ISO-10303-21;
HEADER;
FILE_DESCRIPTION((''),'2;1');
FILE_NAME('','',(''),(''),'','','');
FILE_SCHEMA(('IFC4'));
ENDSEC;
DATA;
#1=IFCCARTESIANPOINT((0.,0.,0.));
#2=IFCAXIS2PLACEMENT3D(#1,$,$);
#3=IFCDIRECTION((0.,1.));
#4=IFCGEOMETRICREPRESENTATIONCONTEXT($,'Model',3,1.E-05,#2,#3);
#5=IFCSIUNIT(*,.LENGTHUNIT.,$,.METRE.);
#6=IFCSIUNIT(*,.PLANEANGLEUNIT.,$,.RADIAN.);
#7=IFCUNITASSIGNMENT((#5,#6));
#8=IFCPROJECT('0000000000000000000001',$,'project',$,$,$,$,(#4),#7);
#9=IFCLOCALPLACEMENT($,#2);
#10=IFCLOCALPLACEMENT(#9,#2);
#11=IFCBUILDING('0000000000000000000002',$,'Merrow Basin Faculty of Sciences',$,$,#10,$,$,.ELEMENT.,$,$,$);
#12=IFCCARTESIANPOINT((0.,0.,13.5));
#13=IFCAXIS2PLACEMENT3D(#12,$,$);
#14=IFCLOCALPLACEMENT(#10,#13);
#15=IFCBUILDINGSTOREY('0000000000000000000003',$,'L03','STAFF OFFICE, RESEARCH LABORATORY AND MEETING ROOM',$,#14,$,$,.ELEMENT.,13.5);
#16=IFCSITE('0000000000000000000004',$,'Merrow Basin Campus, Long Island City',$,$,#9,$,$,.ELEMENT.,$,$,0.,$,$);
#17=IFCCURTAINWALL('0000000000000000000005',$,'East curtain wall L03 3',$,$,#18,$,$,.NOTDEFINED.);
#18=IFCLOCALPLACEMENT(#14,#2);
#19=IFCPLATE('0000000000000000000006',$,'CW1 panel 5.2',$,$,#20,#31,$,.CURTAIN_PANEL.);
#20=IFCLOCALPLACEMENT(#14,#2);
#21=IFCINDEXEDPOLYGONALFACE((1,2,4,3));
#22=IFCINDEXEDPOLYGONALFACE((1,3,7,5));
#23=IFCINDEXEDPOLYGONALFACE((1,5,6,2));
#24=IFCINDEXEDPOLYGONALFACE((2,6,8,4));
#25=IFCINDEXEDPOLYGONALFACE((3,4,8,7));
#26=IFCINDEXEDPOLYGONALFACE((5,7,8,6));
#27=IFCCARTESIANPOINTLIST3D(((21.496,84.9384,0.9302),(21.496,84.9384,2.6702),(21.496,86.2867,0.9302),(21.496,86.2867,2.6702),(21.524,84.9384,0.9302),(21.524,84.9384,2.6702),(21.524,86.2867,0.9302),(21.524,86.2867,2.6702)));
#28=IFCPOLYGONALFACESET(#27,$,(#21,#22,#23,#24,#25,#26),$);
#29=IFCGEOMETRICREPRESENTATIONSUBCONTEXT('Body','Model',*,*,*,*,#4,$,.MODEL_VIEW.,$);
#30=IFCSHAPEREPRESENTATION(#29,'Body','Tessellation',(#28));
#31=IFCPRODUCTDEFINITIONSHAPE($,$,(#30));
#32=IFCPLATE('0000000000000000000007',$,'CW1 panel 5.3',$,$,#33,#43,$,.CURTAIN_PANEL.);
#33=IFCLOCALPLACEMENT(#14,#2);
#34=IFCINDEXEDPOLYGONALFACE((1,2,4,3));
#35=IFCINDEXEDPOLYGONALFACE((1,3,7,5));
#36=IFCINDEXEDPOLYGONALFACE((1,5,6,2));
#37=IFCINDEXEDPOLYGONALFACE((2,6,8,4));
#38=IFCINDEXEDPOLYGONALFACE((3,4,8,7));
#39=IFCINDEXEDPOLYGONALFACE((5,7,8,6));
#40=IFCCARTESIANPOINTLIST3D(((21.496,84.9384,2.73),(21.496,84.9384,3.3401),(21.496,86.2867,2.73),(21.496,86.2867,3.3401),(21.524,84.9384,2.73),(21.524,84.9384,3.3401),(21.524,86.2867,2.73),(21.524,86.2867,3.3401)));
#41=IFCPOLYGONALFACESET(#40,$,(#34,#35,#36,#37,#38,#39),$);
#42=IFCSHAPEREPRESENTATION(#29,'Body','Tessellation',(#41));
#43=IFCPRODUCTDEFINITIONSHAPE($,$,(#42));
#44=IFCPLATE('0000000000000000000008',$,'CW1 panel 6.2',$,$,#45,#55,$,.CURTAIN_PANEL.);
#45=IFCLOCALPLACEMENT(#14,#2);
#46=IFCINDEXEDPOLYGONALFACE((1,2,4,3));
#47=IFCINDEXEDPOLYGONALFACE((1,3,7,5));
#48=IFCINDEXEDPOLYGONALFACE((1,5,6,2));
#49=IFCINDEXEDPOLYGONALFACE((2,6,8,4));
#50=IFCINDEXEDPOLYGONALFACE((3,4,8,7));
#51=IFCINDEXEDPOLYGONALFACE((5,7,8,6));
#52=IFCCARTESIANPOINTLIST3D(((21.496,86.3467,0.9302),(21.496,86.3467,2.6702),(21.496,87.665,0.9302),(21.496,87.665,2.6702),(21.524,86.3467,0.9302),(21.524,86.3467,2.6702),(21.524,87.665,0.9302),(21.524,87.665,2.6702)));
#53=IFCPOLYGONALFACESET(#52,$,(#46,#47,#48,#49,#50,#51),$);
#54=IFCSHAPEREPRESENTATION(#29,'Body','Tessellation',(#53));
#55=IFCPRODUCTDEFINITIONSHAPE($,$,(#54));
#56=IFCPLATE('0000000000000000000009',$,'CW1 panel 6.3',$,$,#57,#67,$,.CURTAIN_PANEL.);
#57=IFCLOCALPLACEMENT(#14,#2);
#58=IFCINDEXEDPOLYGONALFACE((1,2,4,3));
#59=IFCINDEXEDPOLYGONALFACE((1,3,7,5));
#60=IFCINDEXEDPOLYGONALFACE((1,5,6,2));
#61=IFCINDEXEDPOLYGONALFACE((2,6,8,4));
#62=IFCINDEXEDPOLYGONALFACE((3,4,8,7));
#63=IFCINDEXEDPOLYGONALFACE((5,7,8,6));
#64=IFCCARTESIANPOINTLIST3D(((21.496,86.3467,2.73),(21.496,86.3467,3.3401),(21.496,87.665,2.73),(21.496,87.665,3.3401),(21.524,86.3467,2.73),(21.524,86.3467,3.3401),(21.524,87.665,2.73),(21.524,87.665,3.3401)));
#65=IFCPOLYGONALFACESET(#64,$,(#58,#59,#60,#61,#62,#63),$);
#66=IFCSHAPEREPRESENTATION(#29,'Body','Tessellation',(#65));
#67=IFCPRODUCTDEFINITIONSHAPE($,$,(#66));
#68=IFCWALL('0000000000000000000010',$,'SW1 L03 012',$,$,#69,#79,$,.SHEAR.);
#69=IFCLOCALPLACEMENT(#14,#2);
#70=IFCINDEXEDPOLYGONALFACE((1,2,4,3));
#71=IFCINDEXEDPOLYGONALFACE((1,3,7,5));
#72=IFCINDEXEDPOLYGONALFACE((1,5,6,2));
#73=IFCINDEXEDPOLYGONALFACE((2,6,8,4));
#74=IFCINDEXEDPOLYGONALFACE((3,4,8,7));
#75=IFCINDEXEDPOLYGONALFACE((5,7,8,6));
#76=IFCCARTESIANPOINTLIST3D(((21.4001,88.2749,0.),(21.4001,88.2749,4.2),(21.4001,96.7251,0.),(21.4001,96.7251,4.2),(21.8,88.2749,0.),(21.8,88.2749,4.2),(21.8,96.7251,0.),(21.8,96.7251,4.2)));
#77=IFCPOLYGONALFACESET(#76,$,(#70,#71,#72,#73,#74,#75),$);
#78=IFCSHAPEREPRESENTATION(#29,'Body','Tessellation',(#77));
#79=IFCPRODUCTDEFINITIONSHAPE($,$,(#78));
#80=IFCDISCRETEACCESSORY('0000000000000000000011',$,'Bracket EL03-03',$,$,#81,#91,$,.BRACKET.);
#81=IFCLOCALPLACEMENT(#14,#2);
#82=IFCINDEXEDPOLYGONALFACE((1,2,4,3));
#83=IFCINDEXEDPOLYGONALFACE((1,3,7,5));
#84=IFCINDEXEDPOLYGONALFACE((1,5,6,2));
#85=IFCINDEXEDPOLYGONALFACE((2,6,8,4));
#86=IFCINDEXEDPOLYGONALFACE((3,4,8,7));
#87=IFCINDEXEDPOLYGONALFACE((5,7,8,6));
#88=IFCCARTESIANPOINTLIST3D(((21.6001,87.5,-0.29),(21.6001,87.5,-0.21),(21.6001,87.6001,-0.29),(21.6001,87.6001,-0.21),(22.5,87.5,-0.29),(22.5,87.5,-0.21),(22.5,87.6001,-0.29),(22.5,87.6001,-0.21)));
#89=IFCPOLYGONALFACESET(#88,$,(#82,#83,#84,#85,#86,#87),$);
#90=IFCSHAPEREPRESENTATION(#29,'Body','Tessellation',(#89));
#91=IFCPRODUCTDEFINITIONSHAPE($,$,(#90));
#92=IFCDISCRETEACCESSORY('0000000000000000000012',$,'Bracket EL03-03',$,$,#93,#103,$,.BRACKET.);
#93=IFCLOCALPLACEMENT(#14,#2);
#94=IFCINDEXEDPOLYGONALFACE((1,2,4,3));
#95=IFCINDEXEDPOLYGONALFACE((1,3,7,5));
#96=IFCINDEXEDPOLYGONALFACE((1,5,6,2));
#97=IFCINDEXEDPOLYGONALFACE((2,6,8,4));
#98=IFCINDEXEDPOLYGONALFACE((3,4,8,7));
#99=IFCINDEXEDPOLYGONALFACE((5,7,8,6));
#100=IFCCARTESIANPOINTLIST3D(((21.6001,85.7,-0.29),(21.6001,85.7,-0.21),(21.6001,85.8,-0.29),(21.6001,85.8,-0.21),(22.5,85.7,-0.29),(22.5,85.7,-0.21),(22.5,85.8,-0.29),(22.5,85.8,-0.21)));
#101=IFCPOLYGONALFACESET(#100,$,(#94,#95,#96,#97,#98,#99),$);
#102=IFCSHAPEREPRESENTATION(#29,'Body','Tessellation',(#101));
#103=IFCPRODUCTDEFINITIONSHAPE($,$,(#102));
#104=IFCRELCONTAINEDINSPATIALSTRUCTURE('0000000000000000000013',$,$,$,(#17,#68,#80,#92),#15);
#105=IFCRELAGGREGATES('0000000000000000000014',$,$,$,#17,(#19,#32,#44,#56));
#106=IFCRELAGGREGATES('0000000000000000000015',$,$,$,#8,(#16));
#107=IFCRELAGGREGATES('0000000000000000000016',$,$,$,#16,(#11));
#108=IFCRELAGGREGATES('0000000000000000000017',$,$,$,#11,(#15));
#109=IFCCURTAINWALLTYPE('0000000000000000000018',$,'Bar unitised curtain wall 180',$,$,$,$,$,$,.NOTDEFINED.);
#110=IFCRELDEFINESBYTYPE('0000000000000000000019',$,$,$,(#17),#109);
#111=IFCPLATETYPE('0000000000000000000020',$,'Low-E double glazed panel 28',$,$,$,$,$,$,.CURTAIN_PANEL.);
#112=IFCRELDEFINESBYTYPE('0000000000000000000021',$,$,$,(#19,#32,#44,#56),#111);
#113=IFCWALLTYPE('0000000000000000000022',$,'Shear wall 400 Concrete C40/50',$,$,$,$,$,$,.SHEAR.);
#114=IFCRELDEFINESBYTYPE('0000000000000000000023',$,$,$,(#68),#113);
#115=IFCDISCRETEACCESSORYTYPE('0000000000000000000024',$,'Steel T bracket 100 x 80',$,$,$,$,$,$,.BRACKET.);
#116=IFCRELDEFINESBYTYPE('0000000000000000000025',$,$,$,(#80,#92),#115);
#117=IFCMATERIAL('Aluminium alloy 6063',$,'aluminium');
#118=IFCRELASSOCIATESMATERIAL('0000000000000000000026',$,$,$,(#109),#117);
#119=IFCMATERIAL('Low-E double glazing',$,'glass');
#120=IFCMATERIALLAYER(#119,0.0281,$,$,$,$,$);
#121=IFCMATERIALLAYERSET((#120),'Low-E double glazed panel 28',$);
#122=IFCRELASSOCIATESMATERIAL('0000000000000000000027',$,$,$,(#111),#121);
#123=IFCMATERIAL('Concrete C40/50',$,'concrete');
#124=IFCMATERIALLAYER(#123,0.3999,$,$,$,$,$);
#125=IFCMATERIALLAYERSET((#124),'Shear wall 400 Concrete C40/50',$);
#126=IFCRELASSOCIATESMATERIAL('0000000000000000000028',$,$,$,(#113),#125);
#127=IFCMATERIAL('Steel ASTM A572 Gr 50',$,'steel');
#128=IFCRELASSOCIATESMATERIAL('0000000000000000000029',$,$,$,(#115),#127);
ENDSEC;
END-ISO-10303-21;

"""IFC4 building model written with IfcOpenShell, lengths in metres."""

from ifc_helpers import new_model, si_unit, direction, frame, frame_2d, origin, origin_2d, place, context, subcontext, project, spatial, polyline, rectangle, outline, extrude, source, transform, mapped, material, layer, layer_set, type_object, element, aggregate, save


model = new_model("IFC4")

# Units and contexts
model_context = context("Model", 3, precision=1e-05, world=origin(), true_north=direction((0.0, 1.0)))
body_context = subcontext(model_context, "Body", "Model", "MODEL_VIEW")
ifc_project = project(units=[si_unit("LENGTHUNIT", "METRE"), si_unit("PLANEANGLEUNIT", "RADIAN")], contexts=[model_context])

# Site, building, storey
site_placement = place(None, origin())
site = spatial("IfcSite", under=ifc_project, at=site_placement, Name="Merrow Basin Campus, Long Island City", CompositionType="ELEMENT", RefElevation=0.0)
building_placement = place(site_placement, origin())
building = spatial("IfcBuilding", under=site, at=building_placement, Name="Merrow Basin Faculty of Sciences", CompositionType="ELEMENT")
storey_placement = place(building_placement, frame((0.0, 0.0, 13.5)))
storey = spatial("IfcBuildingStorey", under=building, at=storey_placement, Name="L03", Description="STAFF OFFICE, RESEARCH LABORATORY AND MEETING ROOM", CompositionType="ELEMENT", Elevation=13.5)

# Curtain wall, plates
ifc_material_1 = material(Name="Aluminium alloy 6063", Category="aluminium")
curtain_wall_type = type_object("IfcCurtainWallType", Name="Bar unitised curtain wall 180", PredefinedType="NOTDEFINED", material=ifc_material_1)
curtain_wall_placement = place(storey_placement, origin())
curtain_wall = element("IfcCurtainWall", 1, at=curtain_wall_placement, inside=storey, type_object=curtain_wall_type, Name="East curtain wall L03 3", PredefinedType="NOTDEFINED")
ifc_material_2 = material(Name="Low-E double glazing", Category="glass")
ifc_layer_1 = layer(ifc_material_2, 0.0281)
ifc_layer_set_1 = layer_set([ifc_layer_1], Name="Low-E double glazed panel 28")
plate_type_1 = type_object("IfcPlateType", Name="Low-E double glazed panel 28", PredefinedType="CURTAIN_PANEL", material=ifc_layer_set_1)
plate_1_placement = place(storey_placement, frame((21.51, 85.6125, 0.9302), z_axis=(0.0, 0.0, 1.0), x_axis=(0.0, 1.0, 0.0)))
plate_1 = element("IfcPlate", 2, at=plate_1_placement, type_object=plate_type_1, Name="CW1 panel 5.2", PredefinedType="CURTAIN_PANEL", context=body_context, shape_type="SweptSolid", body=[
    extrude(rectangle(XDim=1.3484, YDim=0.0281, at=origin_2d()), origin(), (0.0, 0.0, 1.0), 1.74),
])
plate_2_placement = place(storey_placement, frame((21.51, 85.6125, 2.73), z_axis=(0.0, 0.0, 1.0), x_axis=(0.0, 1.0, 0.0)))
plate_2 = element("IfcPlate", 3, at=plate_2_placement, type_object=plate_type_1, Name="CW1 panel 5.3", PredefinedType="CURTAIN_PANEL", context=body_context, shape_type="SweptSolid", body=[
    extrude(rectangle(XDim=1.3484, YDim=0.0281, at=origin_2d()), origin(), (0.0, 0.0, 1.0), 0.6101),
])
plate_3_placement = place(storey_placement, frame((21.51, 87.0059, 0.9302), z_axis=(0.0, 0.0, 1.0), x_axis=(0.0, 1.0, 0.0)))
plate_3 = element("IfcPlate", 4, at=plate_3_placement, type_object=plate_type_1, Name="CW1 panel 6.2", PredefinedType="CURTAIN_PANEL", context=body_context, shape_type="SweptSolid", body=[
    extrude(rectangle(XDim=1.3184, YDim=0.0281, at=origin_2d()), origin(), (0.0, 0.0, 1.0), 1.74),
])
plate_4_placement = place(storey_placement, frame((21.51, 87.0059, 2.73), z_axis=(0.0, 0.0, 1.0), x_axis=(0.0, 1.0, 0.0)))
plate_4 = element("IfcPlate", 5, at=plate_4_placement, type_object=plate_type_1, Name="CW1 panel 6.3", PredefinedType="CURTAIN_PANEL", context=body_context, shape_type="SweptSolid", body=[
    extrude(rectangle(XDim=1.3184, YDim=0.0281, at=origin_2d()), origin(), (0.0, 0.0, 1.0), 0.6101),
])
aggregate(curtain_wall, [plate_1, plate_2, plate_3, plate_4])

# Wall
ifc_material_3 = material(Name="Concrete C40/50", Category="concrete")
ifc_layer_2 = layer(ifc_material_3, 0.3999)
ifc_layer_set_2 = layer_set([ifc_layer_2], Name="Shear wall 400 Concrete C40/50")
wall_type = type_object("IfcWallType", Name="Shear wall 400 Concrete C40/50", PredefinedType="SHEAR", material=ifc_layer_set_2)
wall_placement = place(storey_placement, frame((21.6001, 88.2749, 0.0), z_axis=(0.0, 0.0, 1.0), x_axis=(0.0, 1.0, 0.0)))
element("IfcWall", 6, at=wall_placement, inside=storey, type_object=wall_type, Name="SW1 L03 012", PredefinedType="SHEAR", context=body_context, shape_type="SweptSolid", body=[
    extrude(rectangle(XDim=8.4502, YDim=0.3999, at=frame_2d((4.2251, 0.0))), origin(), (0.0, 0.0, 1.0), 4.2),
])

# Discrete accessories
ifc_material_4 = material(Name="Steel ASTM A572 Gr 50", Category="steel")
discrete_accessory_type = type_object("IfcDiscreteAccessoryType", Name="Steel T bracket 100 x 80", PredefinedType="BRACKET", material=ifc_material_4)
shared_shape = source(origin(), body_context, "Body", "SweptSolid", [
    extrude(outline(polyline([(0.0, 0.0), (0.1001, 0.0), (0.1001, 0.0801), (0.0, 0.0801), (0.0, 0.0)])), origin(), (0.0, 0.0, 1.0), 0.8999),
])
for number, where, z_axis, x_axis, name in (
    (7, (22.5, 87.6001, -0.29), (-1.0, 0.0, 0.0), (0.0, -1.0, 0.0), "Bracket EL03-03"),
    (8, (22.5, 85.8, -0.29), (-1.0, 0.0, 0.0), (0.0, -1.0, 0.0), "Bracket EL03-03"),
):
    element("IfcDiscreteAccessory", number, at=place(storey_placement, frame(where, z_axis=z_axis, x_axis=x_axis)), inside=storey, type_object=discrete_accessory_type, Name=name, PredefinedType="BRACKET", context=body_context, shape_type="MappedRepresentation", body=[
        mapped(shared_shape, transform((0.0, 0.0, 0.0), scale=1.0)),
    ])

save(model, "model.ifc")
